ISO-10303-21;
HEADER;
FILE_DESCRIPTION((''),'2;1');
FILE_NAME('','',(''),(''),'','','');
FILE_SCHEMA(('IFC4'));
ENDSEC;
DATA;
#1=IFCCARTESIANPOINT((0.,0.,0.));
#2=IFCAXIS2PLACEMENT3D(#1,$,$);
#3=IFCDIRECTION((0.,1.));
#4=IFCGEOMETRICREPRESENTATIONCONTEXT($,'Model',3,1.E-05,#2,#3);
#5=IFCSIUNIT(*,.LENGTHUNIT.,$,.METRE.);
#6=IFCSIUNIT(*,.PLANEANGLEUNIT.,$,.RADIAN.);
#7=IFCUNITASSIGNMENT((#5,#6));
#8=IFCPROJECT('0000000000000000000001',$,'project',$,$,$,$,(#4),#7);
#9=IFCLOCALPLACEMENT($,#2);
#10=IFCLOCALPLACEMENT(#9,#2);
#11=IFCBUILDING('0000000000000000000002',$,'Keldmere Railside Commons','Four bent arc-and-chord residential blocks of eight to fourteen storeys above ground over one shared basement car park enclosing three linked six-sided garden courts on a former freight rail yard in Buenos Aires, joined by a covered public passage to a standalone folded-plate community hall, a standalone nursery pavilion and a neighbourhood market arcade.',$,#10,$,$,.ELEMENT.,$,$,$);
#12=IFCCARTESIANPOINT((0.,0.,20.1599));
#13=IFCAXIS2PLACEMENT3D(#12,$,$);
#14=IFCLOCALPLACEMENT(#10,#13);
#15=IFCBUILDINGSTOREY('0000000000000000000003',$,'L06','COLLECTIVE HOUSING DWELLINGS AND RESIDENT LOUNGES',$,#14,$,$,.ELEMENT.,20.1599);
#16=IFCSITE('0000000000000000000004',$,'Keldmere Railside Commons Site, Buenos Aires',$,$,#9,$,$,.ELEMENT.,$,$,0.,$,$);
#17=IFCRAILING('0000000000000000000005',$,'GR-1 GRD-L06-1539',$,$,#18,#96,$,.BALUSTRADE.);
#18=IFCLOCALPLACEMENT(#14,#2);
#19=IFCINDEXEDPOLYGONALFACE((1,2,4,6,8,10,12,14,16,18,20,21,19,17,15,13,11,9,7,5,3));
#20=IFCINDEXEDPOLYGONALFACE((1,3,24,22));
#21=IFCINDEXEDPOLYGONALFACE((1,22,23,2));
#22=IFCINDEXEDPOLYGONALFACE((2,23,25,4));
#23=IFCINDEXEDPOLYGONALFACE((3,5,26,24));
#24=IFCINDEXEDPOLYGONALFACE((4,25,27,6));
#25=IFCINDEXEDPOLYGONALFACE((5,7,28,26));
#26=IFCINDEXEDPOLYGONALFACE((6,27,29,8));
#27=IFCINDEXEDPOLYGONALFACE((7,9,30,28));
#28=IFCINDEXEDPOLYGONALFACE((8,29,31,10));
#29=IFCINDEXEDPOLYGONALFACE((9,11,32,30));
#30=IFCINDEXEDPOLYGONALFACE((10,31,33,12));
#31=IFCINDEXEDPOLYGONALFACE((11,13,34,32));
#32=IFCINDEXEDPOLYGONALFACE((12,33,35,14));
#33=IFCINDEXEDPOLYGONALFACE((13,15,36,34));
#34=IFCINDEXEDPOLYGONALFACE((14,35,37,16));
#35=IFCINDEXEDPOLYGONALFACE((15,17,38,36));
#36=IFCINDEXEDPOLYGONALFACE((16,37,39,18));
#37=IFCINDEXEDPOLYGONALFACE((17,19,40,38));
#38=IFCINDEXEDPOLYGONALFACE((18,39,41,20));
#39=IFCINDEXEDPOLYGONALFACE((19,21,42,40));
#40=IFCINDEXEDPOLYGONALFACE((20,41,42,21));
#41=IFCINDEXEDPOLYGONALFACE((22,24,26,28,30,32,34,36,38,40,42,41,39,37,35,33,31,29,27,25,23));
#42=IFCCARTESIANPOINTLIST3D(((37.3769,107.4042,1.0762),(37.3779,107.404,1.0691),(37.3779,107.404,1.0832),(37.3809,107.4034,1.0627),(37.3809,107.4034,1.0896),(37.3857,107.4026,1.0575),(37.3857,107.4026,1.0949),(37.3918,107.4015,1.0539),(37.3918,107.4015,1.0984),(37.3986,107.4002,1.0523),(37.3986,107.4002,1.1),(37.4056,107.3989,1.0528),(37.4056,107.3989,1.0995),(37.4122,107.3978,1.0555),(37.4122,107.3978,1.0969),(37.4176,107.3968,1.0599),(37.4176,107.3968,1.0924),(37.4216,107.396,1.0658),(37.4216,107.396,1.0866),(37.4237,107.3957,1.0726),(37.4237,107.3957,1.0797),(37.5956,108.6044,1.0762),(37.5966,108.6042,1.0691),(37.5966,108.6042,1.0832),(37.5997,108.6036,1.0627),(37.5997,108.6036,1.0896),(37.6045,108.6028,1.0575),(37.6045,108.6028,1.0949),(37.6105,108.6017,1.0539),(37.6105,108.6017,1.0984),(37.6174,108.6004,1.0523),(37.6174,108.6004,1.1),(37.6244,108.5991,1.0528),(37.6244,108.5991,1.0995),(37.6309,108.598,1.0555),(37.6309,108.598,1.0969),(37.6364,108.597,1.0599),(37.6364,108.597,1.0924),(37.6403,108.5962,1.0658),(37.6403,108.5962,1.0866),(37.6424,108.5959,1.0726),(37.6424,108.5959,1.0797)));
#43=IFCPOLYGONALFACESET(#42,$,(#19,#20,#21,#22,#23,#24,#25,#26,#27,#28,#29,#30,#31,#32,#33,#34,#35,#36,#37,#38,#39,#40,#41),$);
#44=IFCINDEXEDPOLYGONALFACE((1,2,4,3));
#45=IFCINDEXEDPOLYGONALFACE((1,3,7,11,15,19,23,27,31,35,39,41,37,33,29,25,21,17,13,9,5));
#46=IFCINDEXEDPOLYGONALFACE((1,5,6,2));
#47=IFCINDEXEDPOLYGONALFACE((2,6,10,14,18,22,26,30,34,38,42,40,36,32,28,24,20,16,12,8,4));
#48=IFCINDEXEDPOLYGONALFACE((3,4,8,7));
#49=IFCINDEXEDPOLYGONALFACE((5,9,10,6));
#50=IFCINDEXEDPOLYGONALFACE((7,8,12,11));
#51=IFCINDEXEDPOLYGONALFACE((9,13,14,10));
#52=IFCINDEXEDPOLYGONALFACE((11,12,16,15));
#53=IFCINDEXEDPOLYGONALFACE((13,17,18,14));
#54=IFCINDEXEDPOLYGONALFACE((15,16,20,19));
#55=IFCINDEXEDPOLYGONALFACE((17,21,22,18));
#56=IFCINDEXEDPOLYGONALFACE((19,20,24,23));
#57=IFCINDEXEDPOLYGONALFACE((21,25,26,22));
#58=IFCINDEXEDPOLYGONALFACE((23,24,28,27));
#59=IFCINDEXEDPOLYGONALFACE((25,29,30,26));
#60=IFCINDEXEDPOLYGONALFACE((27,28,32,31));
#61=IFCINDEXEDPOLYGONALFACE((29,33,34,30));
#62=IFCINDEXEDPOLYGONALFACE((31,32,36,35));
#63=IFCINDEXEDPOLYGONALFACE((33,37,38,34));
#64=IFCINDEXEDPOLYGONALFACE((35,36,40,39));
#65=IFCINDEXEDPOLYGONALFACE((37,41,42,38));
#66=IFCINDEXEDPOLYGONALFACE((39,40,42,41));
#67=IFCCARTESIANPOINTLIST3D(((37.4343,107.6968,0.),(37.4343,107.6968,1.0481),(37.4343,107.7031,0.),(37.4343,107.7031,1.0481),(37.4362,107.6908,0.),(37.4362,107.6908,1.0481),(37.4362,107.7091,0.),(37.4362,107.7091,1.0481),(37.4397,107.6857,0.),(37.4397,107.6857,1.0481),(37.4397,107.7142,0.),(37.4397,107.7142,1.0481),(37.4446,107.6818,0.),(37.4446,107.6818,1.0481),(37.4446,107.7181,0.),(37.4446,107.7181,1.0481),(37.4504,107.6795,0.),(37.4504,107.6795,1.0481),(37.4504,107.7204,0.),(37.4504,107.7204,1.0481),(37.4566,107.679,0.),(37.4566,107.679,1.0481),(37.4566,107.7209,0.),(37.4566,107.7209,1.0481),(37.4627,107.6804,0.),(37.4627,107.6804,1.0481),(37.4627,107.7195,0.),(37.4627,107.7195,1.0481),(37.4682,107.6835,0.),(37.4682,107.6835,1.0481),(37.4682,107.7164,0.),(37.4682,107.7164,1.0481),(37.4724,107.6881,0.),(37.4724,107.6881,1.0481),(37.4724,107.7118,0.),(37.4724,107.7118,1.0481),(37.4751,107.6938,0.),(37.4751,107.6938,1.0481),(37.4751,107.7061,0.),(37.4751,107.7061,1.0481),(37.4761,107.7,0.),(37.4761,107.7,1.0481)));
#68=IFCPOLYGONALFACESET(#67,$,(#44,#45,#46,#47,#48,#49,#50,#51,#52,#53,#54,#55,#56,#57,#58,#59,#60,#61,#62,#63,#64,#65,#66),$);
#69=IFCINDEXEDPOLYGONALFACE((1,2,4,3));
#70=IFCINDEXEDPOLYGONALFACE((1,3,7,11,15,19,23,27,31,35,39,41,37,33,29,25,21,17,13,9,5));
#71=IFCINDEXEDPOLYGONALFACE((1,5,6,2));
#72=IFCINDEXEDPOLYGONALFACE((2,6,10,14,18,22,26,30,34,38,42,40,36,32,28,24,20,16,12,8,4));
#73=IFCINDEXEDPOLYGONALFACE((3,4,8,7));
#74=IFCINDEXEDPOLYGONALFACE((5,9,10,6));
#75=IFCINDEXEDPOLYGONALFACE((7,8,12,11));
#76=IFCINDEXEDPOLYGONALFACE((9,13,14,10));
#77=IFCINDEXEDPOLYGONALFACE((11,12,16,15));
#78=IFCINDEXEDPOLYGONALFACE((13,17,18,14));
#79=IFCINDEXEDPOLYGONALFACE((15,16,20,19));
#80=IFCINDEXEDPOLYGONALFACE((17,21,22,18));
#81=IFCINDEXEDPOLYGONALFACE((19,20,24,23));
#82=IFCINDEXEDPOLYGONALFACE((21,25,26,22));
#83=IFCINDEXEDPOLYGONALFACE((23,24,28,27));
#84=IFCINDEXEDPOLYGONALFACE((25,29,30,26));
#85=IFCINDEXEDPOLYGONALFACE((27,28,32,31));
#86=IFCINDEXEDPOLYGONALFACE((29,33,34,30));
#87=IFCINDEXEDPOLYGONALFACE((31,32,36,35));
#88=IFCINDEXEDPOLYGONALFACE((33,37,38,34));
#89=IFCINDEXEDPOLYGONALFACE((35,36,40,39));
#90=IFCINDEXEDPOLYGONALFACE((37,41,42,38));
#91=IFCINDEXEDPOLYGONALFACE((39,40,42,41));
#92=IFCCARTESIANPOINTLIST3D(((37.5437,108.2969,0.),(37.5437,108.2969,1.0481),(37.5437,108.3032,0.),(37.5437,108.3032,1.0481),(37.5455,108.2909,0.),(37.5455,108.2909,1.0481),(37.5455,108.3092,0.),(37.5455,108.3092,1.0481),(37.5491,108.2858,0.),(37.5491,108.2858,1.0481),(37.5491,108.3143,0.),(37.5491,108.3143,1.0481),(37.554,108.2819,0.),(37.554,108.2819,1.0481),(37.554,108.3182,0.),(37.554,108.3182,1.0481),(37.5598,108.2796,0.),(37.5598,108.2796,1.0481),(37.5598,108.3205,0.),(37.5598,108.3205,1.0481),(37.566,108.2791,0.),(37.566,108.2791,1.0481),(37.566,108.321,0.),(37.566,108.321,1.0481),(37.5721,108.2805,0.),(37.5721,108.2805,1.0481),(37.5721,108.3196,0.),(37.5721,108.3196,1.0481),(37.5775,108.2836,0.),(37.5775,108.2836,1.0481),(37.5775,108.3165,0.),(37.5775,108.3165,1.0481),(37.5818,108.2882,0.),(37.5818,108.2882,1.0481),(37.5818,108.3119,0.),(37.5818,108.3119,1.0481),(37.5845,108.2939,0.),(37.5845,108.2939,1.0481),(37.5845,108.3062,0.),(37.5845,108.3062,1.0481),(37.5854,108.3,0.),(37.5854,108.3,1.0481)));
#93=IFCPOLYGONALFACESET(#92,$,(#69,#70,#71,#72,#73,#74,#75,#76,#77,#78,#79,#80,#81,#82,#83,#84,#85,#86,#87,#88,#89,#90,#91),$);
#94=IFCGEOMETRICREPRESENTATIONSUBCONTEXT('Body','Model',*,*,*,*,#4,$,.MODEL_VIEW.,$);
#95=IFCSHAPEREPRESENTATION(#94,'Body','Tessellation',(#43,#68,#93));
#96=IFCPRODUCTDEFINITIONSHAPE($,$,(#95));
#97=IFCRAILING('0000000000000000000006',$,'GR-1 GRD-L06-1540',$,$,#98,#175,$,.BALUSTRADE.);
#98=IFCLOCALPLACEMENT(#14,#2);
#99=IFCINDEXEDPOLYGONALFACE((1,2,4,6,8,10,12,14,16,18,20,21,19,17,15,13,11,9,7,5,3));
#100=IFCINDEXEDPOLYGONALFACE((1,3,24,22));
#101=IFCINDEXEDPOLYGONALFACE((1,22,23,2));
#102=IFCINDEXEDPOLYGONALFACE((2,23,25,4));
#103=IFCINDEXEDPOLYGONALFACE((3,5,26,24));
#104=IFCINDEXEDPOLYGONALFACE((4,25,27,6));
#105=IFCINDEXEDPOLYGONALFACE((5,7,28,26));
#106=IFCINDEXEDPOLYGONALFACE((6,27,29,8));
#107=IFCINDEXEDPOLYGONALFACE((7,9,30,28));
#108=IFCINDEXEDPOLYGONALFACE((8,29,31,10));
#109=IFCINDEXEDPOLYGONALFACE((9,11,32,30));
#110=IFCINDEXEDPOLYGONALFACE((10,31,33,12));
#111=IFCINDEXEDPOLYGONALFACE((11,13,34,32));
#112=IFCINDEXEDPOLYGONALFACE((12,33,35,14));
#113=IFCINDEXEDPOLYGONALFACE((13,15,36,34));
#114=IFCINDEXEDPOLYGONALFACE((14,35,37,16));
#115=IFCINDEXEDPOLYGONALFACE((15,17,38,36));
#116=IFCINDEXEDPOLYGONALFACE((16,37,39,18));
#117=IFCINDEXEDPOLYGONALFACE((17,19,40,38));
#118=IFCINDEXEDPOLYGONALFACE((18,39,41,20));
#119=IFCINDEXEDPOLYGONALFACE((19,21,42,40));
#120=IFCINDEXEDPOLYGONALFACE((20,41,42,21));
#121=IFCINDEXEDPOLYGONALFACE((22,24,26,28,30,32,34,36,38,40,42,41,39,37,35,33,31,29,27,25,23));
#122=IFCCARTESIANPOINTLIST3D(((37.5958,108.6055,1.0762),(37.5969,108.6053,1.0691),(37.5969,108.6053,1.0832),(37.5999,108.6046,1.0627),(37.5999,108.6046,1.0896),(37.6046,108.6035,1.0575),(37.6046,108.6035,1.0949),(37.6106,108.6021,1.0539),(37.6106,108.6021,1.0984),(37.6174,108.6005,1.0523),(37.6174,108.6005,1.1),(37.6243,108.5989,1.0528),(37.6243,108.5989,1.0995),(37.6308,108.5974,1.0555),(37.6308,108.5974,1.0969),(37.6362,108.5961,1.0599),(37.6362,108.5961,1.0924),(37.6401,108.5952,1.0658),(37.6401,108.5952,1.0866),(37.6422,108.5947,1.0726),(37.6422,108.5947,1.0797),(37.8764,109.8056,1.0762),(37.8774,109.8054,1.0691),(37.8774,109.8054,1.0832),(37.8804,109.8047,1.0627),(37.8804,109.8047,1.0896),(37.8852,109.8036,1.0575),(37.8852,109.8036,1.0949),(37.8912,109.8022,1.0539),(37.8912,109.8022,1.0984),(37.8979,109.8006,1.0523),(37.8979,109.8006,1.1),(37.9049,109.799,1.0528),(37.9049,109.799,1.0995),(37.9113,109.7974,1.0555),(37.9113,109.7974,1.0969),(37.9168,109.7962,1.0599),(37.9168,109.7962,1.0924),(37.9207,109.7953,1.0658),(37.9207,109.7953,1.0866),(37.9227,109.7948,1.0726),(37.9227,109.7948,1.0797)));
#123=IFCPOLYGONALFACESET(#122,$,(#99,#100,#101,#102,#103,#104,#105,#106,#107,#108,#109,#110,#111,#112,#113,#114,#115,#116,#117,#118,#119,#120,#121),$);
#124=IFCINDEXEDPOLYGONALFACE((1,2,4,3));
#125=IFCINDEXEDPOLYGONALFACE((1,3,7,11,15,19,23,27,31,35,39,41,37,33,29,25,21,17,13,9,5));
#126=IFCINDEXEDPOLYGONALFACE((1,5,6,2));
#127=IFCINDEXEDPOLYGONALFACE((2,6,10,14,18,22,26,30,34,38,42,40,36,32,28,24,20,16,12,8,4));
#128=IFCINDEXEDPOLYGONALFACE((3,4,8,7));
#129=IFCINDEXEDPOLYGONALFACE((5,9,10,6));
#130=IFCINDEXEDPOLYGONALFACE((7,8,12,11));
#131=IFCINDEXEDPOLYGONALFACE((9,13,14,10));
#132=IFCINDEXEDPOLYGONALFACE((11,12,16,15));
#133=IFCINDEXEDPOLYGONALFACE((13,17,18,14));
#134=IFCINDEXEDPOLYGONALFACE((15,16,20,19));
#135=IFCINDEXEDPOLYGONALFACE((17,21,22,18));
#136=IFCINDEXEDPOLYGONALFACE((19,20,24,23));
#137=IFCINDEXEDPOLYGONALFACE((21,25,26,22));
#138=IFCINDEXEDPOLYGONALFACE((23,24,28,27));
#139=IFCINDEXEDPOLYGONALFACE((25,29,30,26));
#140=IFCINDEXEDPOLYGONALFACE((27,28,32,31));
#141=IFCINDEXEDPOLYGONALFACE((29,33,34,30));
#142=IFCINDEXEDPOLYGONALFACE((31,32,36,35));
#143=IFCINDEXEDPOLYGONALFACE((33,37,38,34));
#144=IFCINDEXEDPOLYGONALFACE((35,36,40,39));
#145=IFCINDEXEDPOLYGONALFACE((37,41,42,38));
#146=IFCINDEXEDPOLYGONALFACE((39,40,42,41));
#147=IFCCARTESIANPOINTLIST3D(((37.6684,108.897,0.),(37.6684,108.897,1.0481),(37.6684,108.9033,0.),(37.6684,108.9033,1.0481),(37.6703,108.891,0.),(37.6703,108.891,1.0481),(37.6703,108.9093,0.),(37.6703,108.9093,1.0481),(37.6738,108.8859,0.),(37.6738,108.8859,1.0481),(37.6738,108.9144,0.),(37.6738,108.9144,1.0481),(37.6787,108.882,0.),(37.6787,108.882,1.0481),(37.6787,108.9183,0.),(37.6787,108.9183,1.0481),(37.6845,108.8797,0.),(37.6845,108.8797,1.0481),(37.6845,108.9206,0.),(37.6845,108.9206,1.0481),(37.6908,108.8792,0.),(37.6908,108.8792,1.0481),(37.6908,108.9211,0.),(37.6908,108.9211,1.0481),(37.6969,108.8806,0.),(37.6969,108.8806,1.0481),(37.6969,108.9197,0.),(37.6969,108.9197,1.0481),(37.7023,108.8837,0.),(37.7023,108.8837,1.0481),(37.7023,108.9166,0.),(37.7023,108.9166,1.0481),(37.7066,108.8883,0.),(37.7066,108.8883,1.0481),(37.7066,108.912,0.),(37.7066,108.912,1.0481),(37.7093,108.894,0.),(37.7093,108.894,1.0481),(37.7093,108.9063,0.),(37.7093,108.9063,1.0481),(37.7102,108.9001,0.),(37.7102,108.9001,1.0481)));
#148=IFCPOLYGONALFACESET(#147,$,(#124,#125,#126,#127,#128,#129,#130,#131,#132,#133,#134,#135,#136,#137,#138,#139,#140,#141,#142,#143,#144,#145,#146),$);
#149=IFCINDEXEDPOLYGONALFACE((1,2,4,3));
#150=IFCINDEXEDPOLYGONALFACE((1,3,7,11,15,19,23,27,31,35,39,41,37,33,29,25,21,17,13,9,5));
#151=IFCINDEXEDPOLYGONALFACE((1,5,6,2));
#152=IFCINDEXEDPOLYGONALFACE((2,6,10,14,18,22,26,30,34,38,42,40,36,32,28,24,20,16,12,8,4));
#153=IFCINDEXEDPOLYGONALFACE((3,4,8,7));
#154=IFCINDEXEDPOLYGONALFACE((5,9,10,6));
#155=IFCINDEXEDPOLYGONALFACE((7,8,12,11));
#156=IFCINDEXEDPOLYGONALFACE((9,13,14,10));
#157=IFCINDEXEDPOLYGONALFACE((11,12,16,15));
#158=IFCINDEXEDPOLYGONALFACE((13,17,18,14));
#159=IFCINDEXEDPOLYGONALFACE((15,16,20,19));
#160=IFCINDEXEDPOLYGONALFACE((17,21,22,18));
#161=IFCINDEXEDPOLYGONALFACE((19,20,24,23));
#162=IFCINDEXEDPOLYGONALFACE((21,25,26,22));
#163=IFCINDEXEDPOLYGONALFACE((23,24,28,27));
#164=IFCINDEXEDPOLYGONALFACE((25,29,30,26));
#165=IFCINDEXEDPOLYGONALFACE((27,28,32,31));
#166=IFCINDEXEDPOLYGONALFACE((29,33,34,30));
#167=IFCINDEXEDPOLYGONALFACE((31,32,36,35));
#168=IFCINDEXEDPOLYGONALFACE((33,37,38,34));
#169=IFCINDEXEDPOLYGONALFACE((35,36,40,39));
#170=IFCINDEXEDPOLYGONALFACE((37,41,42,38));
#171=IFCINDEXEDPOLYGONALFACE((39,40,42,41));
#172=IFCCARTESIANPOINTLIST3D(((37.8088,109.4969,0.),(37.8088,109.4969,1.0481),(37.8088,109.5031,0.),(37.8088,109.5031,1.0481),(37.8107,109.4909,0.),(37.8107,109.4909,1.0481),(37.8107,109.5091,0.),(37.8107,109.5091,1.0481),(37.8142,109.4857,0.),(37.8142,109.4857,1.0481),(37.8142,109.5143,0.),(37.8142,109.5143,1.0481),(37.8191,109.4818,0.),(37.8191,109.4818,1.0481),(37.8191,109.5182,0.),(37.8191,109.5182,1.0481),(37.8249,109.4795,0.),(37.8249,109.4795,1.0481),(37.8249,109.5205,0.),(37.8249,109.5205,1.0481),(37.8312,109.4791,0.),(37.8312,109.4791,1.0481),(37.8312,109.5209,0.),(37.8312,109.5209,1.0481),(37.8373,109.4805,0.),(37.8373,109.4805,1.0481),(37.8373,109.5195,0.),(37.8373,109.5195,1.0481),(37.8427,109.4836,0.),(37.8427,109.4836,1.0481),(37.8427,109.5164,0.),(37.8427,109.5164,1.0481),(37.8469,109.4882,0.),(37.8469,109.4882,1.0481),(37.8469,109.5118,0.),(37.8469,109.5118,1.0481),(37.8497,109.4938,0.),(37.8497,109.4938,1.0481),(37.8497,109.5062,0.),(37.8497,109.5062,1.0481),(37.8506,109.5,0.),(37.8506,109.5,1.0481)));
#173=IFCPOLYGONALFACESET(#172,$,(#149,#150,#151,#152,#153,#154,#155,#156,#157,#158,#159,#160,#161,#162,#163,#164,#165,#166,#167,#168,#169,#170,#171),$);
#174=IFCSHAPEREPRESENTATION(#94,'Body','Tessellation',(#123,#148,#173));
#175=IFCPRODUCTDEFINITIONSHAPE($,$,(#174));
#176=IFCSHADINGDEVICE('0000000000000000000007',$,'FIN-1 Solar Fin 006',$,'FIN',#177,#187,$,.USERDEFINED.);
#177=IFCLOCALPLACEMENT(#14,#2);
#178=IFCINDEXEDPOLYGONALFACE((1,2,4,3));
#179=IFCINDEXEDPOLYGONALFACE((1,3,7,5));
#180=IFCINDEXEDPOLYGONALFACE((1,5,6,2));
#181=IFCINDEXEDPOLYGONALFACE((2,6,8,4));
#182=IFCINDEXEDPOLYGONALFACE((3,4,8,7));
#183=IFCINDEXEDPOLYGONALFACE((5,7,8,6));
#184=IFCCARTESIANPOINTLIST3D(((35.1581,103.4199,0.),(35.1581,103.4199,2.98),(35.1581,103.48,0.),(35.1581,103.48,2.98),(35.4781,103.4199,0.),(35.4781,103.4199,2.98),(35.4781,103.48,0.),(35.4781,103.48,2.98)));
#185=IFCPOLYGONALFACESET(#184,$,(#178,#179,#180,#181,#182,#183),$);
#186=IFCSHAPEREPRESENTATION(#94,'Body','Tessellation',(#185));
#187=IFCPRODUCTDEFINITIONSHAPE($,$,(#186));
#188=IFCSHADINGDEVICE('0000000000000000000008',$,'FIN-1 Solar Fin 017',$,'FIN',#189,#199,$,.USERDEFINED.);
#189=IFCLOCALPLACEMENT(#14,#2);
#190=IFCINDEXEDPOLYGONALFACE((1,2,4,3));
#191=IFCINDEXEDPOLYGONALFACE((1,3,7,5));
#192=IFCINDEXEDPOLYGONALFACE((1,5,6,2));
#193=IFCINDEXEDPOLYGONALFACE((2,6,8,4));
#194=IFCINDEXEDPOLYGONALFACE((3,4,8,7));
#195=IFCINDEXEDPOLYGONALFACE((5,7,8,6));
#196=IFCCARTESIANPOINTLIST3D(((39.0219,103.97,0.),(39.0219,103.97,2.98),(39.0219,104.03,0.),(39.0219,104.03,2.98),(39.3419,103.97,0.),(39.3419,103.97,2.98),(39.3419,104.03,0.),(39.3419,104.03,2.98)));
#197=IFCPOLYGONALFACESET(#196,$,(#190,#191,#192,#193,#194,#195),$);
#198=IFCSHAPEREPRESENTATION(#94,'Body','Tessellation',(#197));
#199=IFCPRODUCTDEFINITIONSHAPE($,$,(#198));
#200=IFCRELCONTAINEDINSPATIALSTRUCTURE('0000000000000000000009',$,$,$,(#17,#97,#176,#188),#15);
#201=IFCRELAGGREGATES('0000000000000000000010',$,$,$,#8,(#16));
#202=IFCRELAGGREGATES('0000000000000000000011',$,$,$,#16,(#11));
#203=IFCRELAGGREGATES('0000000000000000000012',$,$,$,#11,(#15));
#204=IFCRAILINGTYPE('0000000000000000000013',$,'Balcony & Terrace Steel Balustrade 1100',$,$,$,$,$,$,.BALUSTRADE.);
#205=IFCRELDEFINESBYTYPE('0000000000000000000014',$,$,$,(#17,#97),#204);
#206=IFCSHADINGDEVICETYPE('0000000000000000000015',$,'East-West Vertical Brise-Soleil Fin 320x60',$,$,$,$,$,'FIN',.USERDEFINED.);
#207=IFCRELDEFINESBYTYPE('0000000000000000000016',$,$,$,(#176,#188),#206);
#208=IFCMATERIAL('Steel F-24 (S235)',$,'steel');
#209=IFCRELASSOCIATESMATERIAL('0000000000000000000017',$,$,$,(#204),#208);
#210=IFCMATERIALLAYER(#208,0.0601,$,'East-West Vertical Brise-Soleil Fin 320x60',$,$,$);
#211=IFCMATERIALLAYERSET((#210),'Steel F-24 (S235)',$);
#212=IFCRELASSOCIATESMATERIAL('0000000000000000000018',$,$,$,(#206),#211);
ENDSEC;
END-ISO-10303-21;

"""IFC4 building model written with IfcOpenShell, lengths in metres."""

from ifc_helpers import new_model, si_unit, direction, frame, origin, origin_2d, place, context, subcontext, project, spatial, rectangle, circle, extrude, material, layer, layer_set, type_object, element, save


model = new_model("IFC4")

# Units and contexts
model_context = context("Model", 3, precision=1e-05, world=origin(), true_north=direction((0.0, 1.0)))
body_context = subcontext(model_context, "Body", "Model", "MODEL_VIEW")
ifc_project = project(units=[si_unit("LENGTHUNIT", "METRE"), si_unit("PLANEANGLEUNIT", "RADIAN")], contexts=[model_context])

# Site, building, storey
site_placement = place(None, origin())
site = spatial("IfcSite", under=ifc_project, at=site_placement, Name="Keldmere Railside Commons Site, Buenos Aires", CompositionType="ELEMENT", RefElevation=0.0)
building_placement = place(site_placement, origin())
building = spatial("IfcBuilding", under=site, at=building_placement, Name="Keldmere Railside Commons", Description="Four bent arc-and-chord residential blocks of eight to fourteen storeys above ground over one shared basement car park enclosing three linked six-sided garden courts on a former freight rail yard in Buenos Aires, joined by a covered public passage to a standalone folded-plate community hall, a standalone nursery pavilion and a neighbourhood market arcade.", CompositionType="ELEMENT")
storey_placement = place(building_placement, frame((0.0, 0.0, 20.1599)))
storey = spatial("IfcBuildingStorey", under=building, at=storey_placement, Name="L06", Description="COLLECTIVE HOUSING DWELLINGS AND RESIDENT LOUNGES", CompositionType="ELEMENT", Elevation=20.1599)

# Shared definitions
ifc_material_1 = material(Name="Steel F-24 (S235)", Category="steel")

# Railings
railing_type = type_object("IfcRailingType", Name="Balcony & Terrace Steel Balustrade 1100", PredefinedType="BALUSTRADE", material=ifc_material_1)
railing_1_placement = place(storey_placement, frame((37.4004, 107.3999, 0.0)))
element("IfcRailing", 1, at=railing_1_placement, inside=storey, type_object=railing_type, Name="GR-1 GRD-L06-1539", PredefinedType="BALUSTRADE", context=body_context, shape_type="SweptSolid", body=[
    extrude(circle(Radius=0.0239, at=origin_2d()), frame((0.0, 0.0, 1.0762), z_axis=(0.179308, 0.983793, 0.0), x_axis=(-0.983793, 0.179308, 0.0)), (0.0, 0.0, 1.0), 1.22),
    extrude(circle(Radius=0.021, at=origin_2d()), frame((0.0547, 0.3, 0.0)), (0.0, 0.0, 1.0), 1.0481),
    extrude(circle(Radius=0.021, at=origin_2d()), frame((0.1641, 0.9001, 0.0)), (0.0, 0.0, 1.0), 1.0481),
])
railing_2_placement = place(storey_placement, frame((37.6191, 108.6001, 0.0)))
element("IfcRailing", 2, at=railing_2_placement, inside=storey, type_object=railing_type, Name="GR-1 GRD-L06-1540", PredefinedType="BALUSTRADE", context=body_context, shape_type="SweptSolid", body=[
    extrude(circle(Radius=0.0239, at=origin_2d()), frame((0.0, 0.0, 1.0762), z_axis=(0.227637, 0.973746, 0.0), x_axis=(-0.973746, 0.227637, 0.0)), (0.0, 0.0, 1.0), 1.2324),
    extrude(circle(Radius=0.021, at=origin_2d()), frame((0.0701, 0.3, 0.0)), (0.0, 0.0, 1.0), 1.0481),
    extrude(circle(Radius=0.021, at=origin_2d()), frame((0.2104, 0.8999, 0.0)), (0.0, 0.0, 1.0), 1.0481),
])

# Shading devices
ifc_layer_1 = layer(ifc_material_1, 0.0601, Name="East-West Vertical Brise-Soleil Fin 320x60")
ifc_layer_set_1 = layer_set([ifc_layer_1], Name="Steel F-24 (S235)")
shading_device_type = type_object("IfcShadingDeviceType", Name="East-West Vertical Brise-Soleil Fin 320x60", ElementType="FIN", PredefinedType="USERDEFINED", material=ifc_layer_set_1)
for number, where, z_axis, x_axis, name in (
    (3, (35.3181, 103.45, 0.0), (0.0, 0.0, 1.0), (1.0, 0.0, 0.0), "FIN-1 Solar Fin 006"),
    (4, (39.1819, 104.0, 0.0), (0.0, 0.0, 1.0), (1.0, 0.0, 0.0), "FIN-1 Solar Fin 017"),
):
    element("IfcShadingDevice", number, at=place(storey_placement, frame(where, z_axis=z_axis, x_axis=x_axis)), inside=storey, type_object=shading_device_type, Name=name, ObjectType="FIN", PredefinedType="USERDEFINED", context=body_context, shape_type="SweptSolid", body=[
        extrude(rectangle(XDim=0.3201, YDim=0.0601, at=origin_2d()), origin(), (0.0, 0.0, 1.0), 2.98),
    ])

save(model, "model.ifc")
